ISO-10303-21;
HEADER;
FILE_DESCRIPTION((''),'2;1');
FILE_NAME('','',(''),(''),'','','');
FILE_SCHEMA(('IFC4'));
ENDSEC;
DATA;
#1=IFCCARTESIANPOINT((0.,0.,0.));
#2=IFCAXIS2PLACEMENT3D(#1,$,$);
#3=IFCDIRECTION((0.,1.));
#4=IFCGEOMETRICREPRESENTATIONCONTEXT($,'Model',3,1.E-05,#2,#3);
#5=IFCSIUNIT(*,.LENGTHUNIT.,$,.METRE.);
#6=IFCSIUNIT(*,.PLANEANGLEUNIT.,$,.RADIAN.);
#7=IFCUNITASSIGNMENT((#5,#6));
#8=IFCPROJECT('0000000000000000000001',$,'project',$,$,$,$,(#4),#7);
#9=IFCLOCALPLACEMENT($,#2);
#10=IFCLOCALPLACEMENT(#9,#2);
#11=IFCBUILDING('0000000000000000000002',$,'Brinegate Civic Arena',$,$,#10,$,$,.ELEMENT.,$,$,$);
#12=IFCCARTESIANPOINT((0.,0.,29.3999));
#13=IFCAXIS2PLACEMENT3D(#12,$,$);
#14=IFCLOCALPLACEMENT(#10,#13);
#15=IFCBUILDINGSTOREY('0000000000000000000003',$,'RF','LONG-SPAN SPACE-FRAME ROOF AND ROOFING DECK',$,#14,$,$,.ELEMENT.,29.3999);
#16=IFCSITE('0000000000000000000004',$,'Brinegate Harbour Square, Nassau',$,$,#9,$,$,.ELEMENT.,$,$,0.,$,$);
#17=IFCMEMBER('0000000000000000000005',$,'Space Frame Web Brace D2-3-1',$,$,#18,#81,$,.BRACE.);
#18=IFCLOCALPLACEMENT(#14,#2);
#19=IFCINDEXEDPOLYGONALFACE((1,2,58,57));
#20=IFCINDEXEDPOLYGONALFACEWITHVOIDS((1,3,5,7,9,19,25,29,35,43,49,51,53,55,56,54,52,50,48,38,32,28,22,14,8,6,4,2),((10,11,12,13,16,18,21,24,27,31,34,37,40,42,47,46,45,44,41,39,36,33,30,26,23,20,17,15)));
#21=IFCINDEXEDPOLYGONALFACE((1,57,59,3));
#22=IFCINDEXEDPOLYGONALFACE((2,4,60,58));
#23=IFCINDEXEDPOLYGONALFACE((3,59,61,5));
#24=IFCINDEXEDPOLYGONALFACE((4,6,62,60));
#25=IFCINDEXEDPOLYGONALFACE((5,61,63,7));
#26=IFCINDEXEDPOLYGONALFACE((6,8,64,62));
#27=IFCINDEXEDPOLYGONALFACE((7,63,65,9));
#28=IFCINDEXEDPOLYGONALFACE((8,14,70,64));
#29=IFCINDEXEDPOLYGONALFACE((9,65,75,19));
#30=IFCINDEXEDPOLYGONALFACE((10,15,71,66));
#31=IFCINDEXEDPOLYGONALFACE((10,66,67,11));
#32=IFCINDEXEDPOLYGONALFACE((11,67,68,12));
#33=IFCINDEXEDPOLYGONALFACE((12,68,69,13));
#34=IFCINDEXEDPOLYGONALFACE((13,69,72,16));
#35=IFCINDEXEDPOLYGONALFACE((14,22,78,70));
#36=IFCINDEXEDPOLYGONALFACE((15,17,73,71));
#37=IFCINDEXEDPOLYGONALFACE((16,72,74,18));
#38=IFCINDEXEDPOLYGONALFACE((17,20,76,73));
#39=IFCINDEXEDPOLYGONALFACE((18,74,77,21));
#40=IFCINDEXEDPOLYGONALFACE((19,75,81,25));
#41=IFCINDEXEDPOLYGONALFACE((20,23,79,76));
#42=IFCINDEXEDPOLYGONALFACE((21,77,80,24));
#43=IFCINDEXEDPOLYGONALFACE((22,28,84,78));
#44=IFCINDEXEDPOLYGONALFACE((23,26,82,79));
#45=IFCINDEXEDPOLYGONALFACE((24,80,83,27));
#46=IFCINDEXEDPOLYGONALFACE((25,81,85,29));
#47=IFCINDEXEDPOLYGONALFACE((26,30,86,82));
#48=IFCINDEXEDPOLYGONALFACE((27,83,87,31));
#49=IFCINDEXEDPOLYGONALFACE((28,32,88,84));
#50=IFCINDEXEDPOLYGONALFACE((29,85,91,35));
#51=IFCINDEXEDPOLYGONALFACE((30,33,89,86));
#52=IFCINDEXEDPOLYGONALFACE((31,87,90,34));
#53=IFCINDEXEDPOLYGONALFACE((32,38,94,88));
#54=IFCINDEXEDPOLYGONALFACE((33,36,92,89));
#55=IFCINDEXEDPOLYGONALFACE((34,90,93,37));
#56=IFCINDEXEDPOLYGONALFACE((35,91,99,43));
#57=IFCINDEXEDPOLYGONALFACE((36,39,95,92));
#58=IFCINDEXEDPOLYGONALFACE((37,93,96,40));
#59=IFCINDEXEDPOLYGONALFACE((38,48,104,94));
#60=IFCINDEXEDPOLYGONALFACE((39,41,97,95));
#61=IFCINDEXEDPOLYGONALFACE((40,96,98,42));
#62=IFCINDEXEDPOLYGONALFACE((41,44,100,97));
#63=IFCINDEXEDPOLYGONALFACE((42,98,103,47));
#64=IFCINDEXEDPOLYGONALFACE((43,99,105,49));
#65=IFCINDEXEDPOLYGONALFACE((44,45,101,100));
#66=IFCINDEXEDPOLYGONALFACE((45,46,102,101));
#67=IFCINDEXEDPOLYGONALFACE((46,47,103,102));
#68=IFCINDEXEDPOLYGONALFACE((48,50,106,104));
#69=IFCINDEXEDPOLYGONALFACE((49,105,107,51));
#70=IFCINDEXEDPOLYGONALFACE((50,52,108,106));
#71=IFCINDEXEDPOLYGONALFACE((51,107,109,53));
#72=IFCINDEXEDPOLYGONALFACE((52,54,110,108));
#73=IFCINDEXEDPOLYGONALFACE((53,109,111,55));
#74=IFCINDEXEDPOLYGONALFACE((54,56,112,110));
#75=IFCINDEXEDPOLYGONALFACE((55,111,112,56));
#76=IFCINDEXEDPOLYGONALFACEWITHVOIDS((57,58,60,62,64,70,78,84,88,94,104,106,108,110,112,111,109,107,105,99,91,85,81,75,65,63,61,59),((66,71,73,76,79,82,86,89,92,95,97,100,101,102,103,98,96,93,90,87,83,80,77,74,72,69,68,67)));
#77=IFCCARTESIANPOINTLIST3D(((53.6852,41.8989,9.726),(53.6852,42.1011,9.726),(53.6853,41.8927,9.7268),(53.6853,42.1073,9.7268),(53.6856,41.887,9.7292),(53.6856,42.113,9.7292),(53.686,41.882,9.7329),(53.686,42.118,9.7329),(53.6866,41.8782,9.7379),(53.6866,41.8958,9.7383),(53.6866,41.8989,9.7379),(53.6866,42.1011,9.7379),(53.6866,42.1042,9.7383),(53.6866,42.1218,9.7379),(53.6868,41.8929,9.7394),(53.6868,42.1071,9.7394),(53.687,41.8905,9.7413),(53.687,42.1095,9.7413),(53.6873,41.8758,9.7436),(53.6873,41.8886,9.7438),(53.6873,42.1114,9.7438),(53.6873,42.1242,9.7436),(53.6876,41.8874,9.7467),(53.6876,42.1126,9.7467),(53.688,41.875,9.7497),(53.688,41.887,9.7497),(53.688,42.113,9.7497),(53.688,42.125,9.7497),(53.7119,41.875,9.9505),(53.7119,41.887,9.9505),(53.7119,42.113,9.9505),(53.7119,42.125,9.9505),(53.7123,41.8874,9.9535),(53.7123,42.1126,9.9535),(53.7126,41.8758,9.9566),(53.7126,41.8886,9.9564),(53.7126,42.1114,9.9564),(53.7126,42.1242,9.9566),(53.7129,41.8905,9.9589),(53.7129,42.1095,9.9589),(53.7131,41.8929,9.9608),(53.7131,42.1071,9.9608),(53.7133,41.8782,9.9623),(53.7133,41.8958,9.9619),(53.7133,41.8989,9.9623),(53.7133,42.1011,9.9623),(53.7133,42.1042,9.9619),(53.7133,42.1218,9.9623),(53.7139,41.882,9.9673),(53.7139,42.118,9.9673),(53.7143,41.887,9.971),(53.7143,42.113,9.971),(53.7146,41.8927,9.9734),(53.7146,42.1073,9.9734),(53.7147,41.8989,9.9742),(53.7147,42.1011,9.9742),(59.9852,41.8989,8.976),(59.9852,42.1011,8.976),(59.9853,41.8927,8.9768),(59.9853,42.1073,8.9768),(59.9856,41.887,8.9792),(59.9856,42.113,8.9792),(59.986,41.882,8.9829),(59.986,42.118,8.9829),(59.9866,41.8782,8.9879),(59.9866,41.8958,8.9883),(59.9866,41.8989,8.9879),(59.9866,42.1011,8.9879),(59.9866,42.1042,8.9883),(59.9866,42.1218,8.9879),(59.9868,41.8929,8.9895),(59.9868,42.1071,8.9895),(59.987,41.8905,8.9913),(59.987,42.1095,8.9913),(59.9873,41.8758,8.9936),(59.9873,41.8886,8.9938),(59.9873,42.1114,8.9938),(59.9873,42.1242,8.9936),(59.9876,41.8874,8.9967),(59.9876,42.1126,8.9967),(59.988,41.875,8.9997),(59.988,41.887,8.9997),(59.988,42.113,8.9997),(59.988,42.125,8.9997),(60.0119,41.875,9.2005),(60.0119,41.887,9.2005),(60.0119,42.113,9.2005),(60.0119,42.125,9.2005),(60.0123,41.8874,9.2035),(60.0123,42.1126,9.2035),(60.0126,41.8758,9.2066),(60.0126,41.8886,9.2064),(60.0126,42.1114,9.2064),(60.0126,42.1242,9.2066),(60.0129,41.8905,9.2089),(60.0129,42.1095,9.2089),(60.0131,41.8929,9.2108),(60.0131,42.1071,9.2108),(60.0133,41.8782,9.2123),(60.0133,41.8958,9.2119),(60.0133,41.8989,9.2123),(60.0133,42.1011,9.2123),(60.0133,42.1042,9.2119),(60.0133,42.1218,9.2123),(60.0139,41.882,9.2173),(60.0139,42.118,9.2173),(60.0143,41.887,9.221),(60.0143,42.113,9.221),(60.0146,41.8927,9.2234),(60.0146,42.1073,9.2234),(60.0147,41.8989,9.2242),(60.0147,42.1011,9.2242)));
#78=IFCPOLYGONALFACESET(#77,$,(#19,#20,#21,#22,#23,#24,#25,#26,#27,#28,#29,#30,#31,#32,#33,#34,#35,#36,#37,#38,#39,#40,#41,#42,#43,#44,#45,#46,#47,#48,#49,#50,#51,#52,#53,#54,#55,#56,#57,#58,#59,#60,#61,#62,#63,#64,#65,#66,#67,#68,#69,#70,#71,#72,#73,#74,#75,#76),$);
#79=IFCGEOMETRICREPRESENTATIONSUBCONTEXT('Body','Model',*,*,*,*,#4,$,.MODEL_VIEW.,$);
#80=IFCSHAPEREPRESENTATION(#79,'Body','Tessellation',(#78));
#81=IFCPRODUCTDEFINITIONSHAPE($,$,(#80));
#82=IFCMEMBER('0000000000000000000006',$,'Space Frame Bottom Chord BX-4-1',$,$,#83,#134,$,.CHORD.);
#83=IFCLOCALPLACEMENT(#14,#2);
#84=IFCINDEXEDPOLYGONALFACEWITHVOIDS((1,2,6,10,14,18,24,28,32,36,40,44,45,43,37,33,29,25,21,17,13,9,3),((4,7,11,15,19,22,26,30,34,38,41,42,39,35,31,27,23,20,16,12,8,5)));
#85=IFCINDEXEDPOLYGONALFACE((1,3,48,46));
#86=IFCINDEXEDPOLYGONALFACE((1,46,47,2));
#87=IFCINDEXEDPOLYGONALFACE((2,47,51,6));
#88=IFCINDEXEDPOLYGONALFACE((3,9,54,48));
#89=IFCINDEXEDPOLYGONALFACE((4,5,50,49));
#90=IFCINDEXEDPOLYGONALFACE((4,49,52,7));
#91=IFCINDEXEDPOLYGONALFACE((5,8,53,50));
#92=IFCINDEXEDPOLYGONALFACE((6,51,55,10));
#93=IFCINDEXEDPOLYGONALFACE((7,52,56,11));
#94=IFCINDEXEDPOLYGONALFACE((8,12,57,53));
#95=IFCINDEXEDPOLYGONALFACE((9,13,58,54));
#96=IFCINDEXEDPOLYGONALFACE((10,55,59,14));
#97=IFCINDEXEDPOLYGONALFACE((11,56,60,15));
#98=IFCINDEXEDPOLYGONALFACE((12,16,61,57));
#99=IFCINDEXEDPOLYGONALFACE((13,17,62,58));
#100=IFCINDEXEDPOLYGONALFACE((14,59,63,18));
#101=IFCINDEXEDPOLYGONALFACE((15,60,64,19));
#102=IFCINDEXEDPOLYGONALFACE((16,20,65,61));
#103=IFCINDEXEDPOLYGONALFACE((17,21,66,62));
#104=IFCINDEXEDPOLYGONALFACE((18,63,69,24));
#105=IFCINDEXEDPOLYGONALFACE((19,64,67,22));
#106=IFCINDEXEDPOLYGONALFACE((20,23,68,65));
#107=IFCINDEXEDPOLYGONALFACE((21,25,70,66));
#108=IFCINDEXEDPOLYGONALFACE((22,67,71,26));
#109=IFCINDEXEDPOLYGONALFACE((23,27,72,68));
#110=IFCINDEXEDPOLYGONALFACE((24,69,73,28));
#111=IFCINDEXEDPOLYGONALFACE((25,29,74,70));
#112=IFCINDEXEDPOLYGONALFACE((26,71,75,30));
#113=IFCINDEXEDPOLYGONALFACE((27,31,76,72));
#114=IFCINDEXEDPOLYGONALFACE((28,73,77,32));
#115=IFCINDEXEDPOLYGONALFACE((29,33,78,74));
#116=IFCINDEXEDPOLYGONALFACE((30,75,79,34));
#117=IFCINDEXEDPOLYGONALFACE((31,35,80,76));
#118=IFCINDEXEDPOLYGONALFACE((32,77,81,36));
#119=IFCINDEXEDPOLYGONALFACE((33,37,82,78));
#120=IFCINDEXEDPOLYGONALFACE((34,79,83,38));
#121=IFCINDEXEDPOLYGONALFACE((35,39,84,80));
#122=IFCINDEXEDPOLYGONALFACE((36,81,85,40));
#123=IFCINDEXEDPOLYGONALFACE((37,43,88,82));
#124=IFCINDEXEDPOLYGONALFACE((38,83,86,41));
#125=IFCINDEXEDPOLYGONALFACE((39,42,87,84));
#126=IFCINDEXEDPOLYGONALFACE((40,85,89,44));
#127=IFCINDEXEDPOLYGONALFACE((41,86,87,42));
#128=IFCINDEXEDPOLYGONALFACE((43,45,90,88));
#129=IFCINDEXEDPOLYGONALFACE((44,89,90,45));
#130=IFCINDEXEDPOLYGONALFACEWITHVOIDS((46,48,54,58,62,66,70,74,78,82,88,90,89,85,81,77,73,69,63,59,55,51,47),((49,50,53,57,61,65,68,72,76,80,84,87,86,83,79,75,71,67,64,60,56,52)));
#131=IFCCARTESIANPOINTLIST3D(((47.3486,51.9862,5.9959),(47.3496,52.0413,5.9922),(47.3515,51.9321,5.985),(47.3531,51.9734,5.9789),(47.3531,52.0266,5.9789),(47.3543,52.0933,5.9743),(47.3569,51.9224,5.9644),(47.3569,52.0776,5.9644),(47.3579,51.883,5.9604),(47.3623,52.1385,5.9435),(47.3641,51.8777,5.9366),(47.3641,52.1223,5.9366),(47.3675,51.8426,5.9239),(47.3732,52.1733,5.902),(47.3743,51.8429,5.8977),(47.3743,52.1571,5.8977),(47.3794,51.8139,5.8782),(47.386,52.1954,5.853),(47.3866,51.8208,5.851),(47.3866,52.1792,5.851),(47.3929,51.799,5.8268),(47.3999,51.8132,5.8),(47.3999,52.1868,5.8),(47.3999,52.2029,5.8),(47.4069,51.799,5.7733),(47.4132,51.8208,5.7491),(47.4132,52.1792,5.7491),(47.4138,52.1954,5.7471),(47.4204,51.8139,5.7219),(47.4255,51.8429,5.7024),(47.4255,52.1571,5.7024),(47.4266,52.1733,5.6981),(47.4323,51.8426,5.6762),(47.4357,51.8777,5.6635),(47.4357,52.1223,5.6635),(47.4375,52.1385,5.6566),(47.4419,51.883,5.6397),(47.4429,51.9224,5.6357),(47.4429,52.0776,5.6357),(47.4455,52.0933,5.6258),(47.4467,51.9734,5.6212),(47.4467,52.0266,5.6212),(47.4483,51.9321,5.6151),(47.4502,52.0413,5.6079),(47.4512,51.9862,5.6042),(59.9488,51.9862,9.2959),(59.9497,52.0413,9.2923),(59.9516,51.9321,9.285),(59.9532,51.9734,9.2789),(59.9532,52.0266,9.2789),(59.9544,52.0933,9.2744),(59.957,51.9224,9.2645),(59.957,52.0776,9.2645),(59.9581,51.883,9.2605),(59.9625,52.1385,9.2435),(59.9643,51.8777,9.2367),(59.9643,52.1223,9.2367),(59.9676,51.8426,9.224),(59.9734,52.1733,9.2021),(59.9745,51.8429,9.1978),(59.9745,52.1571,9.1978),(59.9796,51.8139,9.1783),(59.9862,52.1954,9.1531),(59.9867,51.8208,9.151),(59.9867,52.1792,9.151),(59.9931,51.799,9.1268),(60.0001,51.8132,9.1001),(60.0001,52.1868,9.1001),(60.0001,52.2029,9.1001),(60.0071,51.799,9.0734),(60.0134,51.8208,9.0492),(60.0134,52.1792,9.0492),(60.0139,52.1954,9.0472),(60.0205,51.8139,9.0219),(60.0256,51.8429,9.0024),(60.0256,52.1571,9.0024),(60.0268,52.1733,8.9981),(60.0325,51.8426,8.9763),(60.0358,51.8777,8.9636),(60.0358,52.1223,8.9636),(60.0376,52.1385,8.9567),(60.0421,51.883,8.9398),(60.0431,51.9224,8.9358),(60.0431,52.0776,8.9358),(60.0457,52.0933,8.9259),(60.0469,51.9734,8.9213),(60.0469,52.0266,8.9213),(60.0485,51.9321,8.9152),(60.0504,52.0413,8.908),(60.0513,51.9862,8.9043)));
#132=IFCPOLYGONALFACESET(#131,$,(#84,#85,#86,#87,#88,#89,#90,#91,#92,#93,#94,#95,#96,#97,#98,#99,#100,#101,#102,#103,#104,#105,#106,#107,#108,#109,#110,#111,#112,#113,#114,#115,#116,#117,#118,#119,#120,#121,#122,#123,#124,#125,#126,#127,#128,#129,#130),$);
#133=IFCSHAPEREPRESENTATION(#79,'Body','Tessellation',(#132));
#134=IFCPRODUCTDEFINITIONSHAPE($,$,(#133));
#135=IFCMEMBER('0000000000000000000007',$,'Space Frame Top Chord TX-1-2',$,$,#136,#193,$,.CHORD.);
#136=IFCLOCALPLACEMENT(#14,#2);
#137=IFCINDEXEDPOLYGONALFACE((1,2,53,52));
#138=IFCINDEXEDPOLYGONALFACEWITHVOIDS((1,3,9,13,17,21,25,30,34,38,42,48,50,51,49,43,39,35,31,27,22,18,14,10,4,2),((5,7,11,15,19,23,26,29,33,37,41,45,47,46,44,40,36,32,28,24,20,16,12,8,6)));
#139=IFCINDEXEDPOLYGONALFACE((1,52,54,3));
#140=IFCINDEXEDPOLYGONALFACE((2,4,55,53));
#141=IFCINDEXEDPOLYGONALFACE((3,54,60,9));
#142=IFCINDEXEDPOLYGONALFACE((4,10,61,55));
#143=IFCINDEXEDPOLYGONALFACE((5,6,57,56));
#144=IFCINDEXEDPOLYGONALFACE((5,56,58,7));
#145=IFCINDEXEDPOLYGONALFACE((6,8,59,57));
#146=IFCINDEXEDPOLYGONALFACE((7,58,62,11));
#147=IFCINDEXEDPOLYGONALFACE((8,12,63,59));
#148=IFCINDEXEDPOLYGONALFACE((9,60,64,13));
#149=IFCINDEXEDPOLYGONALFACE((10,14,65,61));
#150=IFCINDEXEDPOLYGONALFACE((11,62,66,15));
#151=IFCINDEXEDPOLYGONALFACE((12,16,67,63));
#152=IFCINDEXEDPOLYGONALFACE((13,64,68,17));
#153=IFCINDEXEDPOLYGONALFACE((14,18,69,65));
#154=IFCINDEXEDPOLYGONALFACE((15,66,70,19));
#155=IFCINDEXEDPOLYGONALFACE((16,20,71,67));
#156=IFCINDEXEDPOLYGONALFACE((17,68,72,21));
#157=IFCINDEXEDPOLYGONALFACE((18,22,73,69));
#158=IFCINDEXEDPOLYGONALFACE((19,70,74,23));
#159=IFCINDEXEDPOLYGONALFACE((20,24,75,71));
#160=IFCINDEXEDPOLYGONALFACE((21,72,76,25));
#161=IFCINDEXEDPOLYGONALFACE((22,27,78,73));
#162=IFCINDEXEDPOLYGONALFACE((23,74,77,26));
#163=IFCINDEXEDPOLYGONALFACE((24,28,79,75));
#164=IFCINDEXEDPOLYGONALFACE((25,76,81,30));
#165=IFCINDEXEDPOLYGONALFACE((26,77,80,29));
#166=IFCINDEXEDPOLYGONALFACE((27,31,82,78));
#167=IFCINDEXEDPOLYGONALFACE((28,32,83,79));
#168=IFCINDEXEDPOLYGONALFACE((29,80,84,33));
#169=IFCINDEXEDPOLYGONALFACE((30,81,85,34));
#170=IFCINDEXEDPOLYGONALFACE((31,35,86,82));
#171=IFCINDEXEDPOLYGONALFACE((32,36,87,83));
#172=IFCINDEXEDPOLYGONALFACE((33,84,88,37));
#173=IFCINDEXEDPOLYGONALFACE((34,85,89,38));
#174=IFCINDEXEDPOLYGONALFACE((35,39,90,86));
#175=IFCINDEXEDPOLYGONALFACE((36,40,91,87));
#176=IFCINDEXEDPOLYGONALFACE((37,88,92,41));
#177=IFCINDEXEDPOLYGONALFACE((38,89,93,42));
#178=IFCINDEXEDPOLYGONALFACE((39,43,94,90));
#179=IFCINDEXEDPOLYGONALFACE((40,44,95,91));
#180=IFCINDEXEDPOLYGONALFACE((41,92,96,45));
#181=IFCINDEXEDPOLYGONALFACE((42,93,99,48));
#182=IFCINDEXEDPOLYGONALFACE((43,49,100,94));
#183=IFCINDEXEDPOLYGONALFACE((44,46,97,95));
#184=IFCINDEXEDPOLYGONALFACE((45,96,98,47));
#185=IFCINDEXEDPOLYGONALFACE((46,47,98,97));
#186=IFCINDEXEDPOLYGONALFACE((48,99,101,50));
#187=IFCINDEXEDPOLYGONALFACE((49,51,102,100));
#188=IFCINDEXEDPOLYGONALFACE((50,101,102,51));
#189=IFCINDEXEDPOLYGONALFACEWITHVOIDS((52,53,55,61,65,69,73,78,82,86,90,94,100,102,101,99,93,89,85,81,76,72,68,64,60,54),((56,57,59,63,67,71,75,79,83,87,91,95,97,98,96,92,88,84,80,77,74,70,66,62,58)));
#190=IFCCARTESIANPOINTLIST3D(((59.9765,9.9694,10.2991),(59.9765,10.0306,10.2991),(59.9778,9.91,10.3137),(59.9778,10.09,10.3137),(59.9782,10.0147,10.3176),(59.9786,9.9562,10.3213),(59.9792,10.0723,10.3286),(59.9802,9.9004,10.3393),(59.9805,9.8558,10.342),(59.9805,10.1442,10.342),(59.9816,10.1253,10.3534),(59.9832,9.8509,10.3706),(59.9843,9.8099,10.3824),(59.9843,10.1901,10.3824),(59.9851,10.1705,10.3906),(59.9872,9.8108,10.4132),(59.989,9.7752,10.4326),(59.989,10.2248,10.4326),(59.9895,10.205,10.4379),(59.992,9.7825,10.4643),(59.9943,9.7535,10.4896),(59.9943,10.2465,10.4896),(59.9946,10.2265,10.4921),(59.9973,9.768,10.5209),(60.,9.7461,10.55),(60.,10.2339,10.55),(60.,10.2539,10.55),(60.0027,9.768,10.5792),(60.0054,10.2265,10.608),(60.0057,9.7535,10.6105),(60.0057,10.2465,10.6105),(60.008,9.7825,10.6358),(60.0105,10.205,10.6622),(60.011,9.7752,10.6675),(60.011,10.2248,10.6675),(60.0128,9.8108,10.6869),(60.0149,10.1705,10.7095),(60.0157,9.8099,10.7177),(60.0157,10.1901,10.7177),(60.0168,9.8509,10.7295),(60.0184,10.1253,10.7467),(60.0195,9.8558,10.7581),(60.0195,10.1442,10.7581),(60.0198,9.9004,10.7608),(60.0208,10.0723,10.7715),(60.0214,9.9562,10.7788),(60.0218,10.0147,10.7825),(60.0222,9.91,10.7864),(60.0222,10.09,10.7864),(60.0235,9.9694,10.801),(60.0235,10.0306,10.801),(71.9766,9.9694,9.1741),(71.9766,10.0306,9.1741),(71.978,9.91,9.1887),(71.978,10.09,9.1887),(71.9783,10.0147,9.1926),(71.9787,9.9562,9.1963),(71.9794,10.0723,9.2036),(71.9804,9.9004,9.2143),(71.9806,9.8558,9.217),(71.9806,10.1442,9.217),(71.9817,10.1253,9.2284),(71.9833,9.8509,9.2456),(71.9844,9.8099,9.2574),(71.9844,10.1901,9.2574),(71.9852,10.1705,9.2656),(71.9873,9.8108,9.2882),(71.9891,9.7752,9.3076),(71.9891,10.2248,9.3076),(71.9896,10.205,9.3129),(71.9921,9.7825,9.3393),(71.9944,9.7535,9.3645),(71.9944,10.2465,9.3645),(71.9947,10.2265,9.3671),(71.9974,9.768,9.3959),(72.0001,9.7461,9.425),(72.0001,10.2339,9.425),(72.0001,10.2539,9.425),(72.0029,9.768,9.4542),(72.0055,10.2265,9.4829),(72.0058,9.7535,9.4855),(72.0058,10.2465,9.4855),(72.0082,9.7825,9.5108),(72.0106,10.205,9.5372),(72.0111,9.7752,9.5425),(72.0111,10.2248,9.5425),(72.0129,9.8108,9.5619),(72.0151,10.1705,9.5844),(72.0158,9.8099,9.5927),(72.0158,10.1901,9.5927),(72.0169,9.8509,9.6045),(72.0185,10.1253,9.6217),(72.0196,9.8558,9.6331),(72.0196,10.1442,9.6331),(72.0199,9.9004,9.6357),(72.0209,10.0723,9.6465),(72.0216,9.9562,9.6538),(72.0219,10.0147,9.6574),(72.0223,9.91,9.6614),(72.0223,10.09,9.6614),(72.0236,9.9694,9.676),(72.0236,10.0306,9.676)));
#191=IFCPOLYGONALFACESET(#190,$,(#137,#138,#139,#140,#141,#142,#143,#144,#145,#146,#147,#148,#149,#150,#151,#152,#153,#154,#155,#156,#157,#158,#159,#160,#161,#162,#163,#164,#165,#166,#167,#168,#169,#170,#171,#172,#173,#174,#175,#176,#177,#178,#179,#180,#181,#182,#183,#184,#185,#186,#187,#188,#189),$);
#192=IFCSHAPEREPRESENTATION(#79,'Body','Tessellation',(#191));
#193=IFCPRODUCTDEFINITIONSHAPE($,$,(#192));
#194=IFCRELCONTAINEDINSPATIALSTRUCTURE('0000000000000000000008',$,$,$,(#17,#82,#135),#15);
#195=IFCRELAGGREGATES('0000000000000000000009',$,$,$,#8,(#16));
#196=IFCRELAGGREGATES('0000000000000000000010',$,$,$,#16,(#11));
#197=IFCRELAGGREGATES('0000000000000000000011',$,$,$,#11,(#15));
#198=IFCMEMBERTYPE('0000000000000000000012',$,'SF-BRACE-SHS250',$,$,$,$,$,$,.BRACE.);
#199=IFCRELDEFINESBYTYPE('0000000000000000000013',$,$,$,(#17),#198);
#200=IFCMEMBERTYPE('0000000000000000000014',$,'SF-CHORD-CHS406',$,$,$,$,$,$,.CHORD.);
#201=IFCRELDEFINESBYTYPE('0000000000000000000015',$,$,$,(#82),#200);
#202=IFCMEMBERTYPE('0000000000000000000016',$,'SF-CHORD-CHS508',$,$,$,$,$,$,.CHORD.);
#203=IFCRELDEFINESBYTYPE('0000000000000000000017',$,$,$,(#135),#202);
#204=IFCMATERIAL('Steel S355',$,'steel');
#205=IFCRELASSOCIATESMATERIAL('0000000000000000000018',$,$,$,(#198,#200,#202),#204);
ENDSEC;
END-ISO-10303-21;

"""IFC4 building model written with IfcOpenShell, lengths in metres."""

from ifc_helpers import new_model, si_unit, direction, frame, origin, origin_2d, place, context, subcontext, project, spatial, hollow_rectangle, hollow_circle, extrude, material, material_profile, profile_set, type_object, element, save


model = new_model("IFC4")

# Units and contexts
model_context = context("Model", 3, precision=1e-05, world=origin(), true_north=direction((0.0, 1.0)))
body_context = subcontext(model_context, "Body", "Model", "MODEL_VIEW")
ifc_project = project(units=[si_unit("LENGTHUNIT", "METRE"), si_unit("PLANEANGLEUNIT", "RADIAN")], contexts=[model_context])

# Site, building, storey
site_placement = place(None, origin())
site = spatial("IfcSite", under=ifc_project, at=site_placement, Name="Brinegate Harbour Square, Nassau", CompositionType="ELEMENT", RefElevation=0.0)
building_placement = place(site_placement, origin())
building = spatial("IfcBuilding", under=site, at=building_placement, Name="Brinegate Civic Arena", CompositionType="ELEMENT")
storey_placement = place(building_placement, frame((0.0, 0.0, 29.3999)))
storey = spatial("IfcBuildingStorey", under=building, at=storey_placement, Name="RF", Description="LONG-SPAN SPACE-FRAME ROOF AND ROOFING DECK", CompositionType="ELEMENT", Elevation=29.3999)

# Shared definitions
ifc_material_1 = material(Name="Steel S355", Category="steel")

# Members
ifc_material_profile_1 = material_profile(ifc_material_1, hollow_rectangle(XDim=0.25, YDim=0.25, WallThickness=0.012, InnerFilletRadius=0.012, OuterFilletRadius=0.0239, at=origin_2d()), Name="SHS250X12")
ifc_profile_set_1 = profile_set([ifc_material_profile_1], Name="Steel S355")
member_type_1 = type_object("IfcMemberType", Name="SF-BRACE-SHS250", PredefinedType="BRACE", material=ifc_profile_set_1)
member_1_placement = place(storey_placement, frame((53.7, 42.0, 9.8501), z_axis=(0.992988, 0.0, -0.118212), x_axis=(0.0, 1.0, 0.0)))
element("IfcMember", 1, at=member_1_placement, inside=storey, type_object=member_type_1, Name="Space Frame Web Brace D2-3-1", PredefinedType="BRACE", context=body_context, shape_type="SweptSolid", body=[
    extrude(hollow_rectangle(XDim=0.25, YDim=0.25, WallThickness=0.012, InnerFilletRadius=0.012, OuterFilletRadius=0.0239, at=origin_2d()), origin(), (0.0, 0.0, 1.0), 6.3445),
])
ifc_material_profile_2 = material_profile(ifc_material_1, hollow_circle(Radius=0.2029, WallThickness=0.0161, at=origin_2d()), Name="CHS406X16")
ifc_profile_set_2 = profile_set([ifc_material_profile_2], Name="Steel S355")
member_type_2 = type_object("IfcMemberType", Name="SF-CHORD-CHS406", PredefinedType="CHORD", material=ifc_profile_set_2)
member_2_placement = place(storey_placement, frame((47.3999, 52.0, 5.8), z_axis=(0.967372, 0.0, 0.253361), x_axis=(0.0, 1.0, 0.0)))
element("IfcMember", 2, at=member_2_placement, inside=storey, type_object=member_type_2, Name="Space Frame Bottom Chord BX-4-1", PredefinedType="CHORD", context=body_context, shape_type="SweptSolid", body=[
    extrude(hollow_circle(Radius=0.2029, WallThickness=0.0161, at=origin_2d()), origin(), (0.0, 0.0, 1.0), 13.0251),
])
ifc_material_profile_3 = material_profile(ifc_material_1, hollow_circle(Radius=0.2539, WallThickness=0.02, at=origin_2d()), Name="CHS508X20")
ifc_profile_set_3 = profile_set([ifc_material_profile_3], Name="Steel S355")
member_type_3 = type_object("IfcMemberType", Name="SF-CHORD-CHS508", PredefinedType="CHORD", material=ifc_profile_set_3)
member_3_placement = place(storey_placement, frame((60.0, 10.0, 10.55), z_axis=(0.995634, 0.0, -0.093341), x_axis=(0.0, 1.0, 0.0)))
element("IfcMember", 3, at=member_3_placement, inside=storey, type_object=member_type_3, Name="Space Frame Top Chord TX-1-2", PredefinedType="CHORD", context=body_context, shape_type="SweptSolid", body=[
    extrude(hollow_circle(Radius=0.2539, WallThickness=0.02, at=origin_2d()), origin(), (0.0, 0.0, 1.0), 12.0527),
])

save(model, "model.ifc")
